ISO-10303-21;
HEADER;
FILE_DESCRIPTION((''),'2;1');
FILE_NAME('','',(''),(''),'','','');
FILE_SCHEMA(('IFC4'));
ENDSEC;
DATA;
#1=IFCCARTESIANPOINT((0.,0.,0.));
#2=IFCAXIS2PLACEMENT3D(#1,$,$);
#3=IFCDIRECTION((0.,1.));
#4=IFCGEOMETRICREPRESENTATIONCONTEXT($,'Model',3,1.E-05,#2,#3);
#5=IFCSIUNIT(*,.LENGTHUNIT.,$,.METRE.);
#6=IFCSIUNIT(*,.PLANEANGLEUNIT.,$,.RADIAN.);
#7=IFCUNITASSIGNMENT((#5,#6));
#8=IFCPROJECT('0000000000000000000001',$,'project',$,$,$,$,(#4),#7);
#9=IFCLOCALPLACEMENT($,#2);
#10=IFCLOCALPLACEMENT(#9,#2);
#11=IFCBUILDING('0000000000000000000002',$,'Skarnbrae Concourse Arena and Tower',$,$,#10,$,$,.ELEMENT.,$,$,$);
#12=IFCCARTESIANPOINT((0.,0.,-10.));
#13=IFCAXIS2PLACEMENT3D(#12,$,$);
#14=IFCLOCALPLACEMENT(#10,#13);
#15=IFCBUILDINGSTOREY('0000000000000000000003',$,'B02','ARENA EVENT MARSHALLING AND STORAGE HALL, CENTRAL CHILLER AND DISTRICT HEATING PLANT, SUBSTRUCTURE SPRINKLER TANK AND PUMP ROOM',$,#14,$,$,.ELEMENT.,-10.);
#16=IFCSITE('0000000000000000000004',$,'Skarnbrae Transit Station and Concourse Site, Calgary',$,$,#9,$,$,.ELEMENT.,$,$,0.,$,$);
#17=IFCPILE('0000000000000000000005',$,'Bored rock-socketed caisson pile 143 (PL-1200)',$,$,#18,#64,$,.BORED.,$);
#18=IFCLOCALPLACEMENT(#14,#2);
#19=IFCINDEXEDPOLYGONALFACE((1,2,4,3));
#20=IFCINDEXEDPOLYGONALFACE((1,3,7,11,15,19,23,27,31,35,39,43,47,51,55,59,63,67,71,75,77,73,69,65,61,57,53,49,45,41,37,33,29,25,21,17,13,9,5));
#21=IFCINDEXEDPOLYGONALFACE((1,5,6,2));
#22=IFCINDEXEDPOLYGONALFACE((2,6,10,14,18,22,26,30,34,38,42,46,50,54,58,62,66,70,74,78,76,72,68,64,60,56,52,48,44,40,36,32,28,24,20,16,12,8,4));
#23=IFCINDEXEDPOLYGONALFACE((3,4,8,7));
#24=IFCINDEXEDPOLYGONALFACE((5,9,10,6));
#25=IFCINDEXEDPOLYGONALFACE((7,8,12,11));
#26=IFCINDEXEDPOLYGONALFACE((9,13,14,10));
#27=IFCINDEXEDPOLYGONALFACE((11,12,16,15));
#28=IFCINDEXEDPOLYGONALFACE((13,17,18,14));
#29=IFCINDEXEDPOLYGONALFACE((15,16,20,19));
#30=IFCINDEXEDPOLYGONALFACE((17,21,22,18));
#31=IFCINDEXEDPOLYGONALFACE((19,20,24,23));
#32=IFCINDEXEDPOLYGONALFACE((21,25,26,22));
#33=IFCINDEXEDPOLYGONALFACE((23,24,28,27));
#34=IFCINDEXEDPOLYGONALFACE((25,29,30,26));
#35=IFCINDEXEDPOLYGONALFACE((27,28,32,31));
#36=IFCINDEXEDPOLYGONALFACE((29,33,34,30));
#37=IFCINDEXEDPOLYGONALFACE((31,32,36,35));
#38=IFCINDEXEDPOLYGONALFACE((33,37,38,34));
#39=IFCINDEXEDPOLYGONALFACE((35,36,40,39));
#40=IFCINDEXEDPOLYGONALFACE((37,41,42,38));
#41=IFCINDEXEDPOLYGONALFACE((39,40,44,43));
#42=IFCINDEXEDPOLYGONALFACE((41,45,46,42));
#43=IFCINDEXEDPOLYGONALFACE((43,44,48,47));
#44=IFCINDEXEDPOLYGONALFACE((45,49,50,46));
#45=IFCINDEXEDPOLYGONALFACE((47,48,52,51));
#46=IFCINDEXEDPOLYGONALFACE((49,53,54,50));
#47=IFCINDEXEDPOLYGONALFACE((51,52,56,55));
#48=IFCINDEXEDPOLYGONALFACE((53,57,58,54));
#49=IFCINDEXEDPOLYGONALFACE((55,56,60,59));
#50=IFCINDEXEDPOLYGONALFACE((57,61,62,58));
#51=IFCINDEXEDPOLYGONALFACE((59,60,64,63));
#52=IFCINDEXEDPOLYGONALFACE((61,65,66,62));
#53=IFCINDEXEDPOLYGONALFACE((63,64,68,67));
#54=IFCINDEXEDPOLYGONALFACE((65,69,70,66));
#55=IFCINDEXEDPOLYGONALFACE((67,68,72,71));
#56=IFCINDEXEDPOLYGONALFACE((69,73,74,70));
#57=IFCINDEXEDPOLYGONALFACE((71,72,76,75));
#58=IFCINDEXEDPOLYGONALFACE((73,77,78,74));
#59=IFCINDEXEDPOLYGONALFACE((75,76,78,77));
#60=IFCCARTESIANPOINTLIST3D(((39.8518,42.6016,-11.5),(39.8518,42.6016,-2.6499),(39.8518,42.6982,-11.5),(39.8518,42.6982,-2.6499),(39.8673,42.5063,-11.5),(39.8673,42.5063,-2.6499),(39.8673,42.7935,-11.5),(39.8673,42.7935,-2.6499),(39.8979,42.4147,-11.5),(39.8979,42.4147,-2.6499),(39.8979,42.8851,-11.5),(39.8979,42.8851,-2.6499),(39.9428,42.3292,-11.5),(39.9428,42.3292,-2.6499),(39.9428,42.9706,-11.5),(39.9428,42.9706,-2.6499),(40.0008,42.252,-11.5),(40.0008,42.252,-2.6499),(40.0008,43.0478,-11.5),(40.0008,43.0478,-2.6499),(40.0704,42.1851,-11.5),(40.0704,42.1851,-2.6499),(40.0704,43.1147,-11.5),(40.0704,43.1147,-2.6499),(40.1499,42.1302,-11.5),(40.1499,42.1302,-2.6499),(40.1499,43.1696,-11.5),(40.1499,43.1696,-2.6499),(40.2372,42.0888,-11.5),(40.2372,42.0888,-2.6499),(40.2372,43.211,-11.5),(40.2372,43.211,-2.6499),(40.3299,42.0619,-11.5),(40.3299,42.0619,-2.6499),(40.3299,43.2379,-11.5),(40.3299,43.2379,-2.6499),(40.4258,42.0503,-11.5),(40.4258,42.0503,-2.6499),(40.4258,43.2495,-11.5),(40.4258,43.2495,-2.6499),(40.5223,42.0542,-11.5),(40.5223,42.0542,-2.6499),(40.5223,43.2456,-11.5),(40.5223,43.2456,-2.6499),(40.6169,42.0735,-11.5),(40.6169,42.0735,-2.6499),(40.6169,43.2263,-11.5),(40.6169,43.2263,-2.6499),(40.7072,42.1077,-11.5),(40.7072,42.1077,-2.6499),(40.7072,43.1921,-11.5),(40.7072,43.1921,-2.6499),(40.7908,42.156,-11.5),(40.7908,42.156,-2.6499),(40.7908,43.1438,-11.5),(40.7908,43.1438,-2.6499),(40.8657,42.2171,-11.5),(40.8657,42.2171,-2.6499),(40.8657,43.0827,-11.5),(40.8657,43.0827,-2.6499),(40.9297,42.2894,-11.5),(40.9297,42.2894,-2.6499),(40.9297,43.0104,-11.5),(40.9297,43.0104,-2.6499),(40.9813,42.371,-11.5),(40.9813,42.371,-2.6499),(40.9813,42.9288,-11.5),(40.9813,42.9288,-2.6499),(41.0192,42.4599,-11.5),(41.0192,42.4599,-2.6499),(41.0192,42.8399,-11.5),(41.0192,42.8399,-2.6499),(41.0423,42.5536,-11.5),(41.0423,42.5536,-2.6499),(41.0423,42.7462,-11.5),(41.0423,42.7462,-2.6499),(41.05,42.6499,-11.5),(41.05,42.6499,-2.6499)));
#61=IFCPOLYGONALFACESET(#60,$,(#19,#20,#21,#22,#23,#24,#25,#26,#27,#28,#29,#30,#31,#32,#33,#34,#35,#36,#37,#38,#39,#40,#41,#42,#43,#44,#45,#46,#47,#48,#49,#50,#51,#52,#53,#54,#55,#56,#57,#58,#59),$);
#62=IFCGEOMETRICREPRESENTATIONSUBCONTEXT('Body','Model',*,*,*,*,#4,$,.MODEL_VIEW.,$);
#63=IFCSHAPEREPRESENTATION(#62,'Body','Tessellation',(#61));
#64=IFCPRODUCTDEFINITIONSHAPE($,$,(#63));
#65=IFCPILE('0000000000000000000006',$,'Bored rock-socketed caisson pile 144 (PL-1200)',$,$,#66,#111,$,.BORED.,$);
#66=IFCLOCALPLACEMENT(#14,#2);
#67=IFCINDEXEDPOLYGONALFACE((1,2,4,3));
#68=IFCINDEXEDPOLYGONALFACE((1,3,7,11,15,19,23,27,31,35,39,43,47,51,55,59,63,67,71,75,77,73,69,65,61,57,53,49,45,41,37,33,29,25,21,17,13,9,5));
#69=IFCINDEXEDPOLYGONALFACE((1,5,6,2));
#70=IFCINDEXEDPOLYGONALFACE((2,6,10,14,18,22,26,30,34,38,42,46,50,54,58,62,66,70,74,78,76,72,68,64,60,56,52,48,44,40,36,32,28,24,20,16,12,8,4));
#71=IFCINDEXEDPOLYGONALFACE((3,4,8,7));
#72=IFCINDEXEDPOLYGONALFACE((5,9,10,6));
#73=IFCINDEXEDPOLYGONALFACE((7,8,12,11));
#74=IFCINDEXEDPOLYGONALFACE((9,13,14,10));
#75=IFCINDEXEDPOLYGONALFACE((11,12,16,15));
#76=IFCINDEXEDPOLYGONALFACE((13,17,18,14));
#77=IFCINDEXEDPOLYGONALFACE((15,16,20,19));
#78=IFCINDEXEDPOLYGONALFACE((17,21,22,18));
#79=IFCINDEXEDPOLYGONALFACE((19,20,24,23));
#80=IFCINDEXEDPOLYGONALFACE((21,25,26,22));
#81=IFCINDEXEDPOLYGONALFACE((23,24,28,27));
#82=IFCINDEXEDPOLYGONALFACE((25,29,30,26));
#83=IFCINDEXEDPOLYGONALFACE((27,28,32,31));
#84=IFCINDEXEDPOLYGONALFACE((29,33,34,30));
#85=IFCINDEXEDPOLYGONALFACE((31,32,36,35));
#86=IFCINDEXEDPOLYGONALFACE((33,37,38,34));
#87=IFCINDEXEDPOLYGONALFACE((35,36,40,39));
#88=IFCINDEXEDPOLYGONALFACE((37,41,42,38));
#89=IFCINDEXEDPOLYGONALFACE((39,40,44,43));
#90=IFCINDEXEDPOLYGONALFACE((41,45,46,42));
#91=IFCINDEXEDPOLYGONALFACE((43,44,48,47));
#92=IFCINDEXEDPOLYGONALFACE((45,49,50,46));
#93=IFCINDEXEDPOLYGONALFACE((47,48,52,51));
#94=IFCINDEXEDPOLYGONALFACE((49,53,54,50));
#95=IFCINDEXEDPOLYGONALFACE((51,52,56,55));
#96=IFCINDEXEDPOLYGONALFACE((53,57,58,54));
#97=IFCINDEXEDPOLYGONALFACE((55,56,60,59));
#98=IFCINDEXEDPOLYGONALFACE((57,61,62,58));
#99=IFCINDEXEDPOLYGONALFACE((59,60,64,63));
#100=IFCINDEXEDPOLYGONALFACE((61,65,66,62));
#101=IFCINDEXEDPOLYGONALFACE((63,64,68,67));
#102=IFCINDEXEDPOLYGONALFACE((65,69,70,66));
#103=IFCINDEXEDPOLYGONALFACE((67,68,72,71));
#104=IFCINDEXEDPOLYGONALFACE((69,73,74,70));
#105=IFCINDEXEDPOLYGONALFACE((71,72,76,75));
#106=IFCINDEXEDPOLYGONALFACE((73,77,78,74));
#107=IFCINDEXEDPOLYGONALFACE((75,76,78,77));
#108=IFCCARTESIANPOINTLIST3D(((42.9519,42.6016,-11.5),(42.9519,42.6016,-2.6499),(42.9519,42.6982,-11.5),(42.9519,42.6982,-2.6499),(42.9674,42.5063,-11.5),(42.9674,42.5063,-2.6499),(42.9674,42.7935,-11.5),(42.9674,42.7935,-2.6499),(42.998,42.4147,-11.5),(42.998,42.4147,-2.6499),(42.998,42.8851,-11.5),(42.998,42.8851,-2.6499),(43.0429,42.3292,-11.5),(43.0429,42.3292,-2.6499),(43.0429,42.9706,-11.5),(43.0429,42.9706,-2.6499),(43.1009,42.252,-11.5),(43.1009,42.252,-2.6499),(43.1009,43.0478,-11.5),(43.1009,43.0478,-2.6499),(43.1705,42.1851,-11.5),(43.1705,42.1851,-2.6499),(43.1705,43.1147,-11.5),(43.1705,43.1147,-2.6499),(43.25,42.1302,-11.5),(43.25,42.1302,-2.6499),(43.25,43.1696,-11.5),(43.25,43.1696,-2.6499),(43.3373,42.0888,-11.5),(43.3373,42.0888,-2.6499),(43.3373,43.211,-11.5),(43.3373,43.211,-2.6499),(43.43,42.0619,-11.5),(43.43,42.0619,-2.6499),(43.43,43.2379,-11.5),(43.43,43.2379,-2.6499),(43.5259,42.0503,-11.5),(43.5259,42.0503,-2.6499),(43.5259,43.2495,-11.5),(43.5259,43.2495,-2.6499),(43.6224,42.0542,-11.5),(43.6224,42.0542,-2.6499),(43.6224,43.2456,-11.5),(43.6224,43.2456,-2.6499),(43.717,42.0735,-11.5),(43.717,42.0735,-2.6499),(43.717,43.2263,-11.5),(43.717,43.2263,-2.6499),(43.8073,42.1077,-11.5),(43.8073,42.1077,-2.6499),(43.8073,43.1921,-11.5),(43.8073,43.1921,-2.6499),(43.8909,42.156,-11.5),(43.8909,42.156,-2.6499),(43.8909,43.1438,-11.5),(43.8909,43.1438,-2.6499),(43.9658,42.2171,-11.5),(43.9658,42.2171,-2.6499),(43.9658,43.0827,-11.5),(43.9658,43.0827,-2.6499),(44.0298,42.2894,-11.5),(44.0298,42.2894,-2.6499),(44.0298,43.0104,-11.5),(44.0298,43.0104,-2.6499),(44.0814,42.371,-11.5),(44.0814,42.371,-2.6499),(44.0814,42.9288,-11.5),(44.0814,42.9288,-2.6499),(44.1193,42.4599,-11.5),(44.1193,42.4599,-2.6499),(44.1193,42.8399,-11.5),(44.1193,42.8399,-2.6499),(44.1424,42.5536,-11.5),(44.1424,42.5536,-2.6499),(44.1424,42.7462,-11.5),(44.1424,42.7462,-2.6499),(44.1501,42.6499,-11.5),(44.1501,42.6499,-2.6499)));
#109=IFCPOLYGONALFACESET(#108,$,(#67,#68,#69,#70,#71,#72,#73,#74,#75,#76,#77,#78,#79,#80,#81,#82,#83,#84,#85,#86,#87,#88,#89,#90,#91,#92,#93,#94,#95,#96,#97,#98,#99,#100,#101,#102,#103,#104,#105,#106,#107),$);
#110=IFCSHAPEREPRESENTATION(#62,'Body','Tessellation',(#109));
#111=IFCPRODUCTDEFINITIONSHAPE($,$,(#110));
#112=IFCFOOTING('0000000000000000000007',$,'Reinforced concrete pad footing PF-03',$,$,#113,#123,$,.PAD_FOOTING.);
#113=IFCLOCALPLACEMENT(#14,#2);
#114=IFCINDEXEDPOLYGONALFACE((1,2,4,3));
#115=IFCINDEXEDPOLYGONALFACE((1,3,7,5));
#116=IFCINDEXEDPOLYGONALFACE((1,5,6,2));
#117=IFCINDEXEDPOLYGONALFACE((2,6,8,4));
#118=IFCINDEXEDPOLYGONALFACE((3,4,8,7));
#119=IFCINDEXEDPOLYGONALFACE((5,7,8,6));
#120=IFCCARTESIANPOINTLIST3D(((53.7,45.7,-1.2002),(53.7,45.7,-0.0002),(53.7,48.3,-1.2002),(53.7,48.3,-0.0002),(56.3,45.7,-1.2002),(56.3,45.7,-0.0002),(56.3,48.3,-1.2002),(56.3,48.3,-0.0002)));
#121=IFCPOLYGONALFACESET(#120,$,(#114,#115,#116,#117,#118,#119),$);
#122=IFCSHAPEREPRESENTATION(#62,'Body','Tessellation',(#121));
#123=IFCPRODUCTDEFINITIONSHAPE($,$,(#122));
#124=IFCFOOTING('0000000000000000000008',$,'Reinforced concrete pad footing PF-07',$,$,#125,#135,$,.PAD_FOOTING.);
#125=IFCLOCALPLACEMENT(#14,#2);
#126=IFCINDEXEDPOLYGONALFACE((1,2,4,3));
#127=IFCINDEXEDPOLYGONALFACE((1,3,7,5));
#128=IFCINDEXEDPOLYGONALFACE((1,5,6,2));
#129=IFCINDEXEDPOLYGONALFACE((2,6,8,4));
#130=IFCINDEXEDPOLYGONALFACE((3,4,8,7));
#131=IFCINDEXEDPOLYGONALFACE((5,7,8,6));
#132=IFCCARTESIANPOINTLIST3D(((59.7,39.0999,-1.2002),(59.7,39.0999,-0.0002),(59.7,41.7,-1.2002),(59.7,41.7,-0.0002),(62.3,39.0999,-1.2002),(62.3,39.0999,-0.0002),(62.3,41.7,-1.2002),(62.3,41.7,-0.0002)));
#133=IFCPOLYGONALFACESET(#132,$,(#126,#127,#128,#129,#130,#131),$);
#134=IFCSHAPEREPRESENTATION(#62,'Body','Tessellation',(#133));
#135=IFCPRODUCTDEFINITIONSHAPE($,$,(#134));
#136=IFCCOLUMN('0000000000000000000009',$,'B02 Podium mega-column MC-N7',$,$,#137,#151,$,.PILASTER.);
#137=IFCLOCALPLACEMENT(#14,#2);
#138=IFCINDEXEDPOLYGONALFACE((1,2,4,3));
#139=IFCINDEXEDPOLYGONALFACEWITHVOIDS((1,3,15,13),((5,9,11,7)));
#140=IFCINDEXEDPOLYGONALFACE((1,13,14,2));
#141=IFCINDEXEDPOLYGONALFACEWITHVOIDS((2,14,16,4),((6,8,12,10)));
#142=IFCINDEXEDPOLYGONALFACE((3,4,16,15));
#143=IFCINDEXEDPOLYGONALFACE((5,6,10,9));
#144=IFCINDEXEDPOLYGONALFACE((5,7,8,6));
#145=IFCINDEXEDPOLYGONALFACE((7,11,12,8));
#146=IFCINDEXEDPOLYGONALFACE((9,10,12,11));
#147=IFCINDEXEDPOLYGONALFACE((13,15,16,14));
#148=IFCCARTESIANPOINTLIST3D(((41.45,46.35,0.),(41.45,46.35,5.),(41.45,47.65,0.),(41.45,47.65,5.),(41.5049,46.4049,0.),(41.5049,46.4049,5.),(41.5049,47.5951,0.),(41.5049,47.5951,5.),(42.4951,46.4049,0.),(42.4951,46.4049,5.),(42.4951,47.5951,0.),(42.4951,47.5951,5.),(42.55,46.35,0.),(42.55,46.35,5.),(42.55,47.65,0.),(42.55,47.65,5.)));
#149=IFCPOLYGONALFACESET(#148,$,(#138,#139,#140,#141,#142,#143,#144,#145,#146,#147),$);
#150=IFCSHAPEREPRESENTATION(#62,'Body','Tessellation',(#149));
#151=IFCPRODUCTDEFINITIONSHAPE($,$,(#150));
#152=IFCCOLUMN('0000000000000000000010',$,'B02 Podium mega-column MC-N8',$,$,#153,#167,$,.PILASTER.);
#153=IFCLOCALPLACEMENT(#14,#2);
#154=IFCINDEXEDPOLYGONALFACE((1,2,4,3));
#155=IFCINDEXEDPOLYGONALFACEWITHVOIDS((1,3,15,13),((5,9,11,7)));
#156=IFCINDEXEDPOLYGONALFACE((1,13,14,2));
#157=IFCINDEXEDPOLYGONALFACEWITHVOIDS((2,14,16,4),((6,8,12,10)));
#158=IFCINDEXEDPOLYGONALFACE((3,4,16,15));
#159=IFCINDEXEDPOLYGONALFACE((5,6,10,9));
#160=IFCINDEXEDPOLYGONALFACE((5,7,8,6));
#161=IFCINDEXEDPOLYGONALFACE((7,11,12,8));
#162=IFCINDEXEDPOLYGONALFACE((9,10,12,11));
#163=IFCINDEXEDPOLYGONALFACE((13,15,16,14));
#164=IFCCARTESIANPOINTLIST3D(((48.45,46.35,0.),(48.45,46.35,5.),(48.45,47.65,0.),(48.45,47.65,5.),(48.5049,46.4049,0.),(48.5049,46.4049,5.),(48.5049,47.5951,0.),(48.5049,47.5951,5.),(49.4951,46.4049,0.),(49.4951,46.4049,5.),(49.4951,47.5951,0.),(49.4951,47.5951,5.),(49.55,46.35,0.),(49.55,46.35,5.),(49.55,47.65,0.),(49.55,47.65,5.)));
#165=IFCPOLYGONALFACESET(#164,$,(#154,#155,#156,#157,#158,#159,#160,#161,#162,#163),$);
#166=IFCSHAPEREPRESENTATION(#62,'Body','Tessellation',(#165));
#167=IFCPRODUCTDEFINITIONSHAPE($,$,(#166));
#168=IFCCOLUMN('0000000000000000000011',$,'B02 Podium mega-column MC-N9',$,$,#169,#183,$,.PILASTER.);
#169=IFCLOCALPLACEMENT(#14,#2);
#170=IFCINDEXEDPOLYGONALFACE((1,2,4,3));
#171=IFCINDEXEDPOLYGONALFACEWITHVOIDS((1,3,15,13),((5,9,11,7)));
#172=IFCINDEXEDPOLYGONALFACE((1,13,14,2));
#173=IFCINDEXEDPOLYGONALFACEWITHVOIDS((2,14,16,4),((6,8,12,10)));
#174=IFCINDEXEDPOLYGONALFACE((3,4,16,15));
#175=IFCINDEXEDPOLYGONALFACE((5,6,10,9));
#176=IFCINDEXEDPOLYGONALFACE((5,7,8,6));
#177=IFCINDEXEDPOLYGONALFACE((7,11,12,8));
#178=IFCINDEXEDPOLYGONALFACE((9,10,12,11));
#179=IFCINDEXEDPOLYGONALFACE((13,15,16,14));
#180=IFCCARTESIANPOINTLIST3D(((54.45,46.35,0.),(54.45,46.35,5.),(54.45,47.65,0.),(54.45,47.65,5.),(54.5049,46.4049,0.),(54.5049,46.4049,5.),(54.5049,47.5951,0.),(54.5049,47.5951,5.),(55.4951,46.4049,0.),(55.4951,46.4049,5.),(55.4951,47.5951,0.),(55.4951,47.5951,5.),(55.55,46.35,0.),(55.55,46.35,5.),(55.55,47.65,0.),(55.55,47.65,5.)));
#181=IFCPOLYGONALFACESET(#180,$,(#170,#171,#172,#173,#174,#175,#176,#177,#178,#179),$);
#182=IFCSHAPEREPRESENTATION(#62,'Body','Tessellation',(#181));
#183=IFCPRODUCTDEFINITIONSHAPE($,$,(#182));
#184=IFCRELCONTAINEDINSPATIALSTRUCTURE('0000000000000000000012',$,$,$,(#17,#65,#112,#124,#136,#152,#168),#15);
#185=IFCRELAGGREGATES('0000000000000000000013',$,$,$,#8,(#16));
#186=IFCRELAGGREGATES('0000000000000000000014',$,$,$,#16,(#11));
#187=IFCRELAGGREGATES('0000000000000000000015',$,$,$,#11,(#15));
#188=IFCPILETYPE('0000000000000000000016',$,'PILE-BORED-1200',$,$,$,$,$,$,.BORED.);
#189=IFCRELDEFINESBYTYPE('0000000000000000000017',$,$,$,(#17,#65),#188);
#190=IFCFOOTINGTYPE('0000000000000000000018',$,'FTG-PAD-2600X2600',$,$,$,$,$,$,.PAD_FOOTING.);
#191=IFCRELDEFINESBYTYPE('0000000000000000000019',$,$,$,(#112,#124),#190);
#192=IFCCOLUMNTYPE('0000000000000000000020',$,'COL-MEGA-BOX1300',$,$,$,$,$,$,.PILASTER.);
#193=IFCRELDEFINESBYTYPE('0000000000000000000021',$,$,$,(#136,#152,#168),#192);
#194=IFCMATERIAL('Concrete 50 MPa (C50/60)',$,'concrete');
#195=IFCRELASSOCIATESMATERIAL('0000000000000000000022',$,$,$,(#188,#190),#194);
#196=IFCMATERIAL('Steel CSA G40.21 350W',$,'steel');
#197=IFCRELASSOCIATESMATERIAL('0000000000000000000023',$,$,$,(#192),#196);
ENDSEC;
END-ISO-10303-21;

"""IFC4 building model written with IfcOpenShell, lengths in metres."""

from ifc_helpers import new_model, si_unit, direction, frame, origin, origin_2d, place, context, subcontext, project, spatial, rectangle, hollow_rectangle, circle, extrude, source, transform, mapped, material, material_profile, profile_set, type_object, element, save


model = new_model("IFC4")

# Units and contexts
model_context = context("Model", 3, precision=1e-05, world=origin(), true_north=direction((0.0, 1.0)))
body_context = subcontext(model_context, "Body", "Model", "MODEL_VIEW")
ifc_project = project(units=[si_unit("LENGTHUNIT", "METRE"), si_unit("PLANEANGLEUNIT", "RADIAN")], contexts=[model_context])

# Site, building, storey
site_placement = place(None, origin())
site = spatial("IfcSite", under=ifc_project, at=site_placement, Name="Skarnbrae Transit Station and Concourse Site, Calgary", CompositionType="ELEMENT", RefElevation=0.0)
building_placement = place(site_placement, origin())
building = spatial("IfcBuilding", under=site, at=building_placement, Name="Skarnbrae Concourse Arena and Tower", CompositionType="ELEMENT")
storey_placement = place(building_placement, frame((0.0, 0.0, -10.0)))
storey = spatial("IfcBuildingStorey", under=building, at=storey_placement, Name="B02", Description="ARENA EVENT MARSHALLING AND STORAGE HALL, CENTRAL CHILLER AND DISTRICT HEATING PLANT, SUBSTRUCTURE SPRINKLER TANK AND PUMP ROOM", CompositionType="ELEMENT", Elevation=-10.0)

# Shared definitions
ifc_material_1 = material(Name="Concrete 50 MPa (C50/60)", Category="concrete")

# Piles
ifc_material_profile_1 = material_profile(ifc_material_1, circle(Radius=0.6001, at=origin_2d()), Name="CAISSON-1200")
ifc_profile_set_1 = profile_set([ifc_material_profile_1], Name="Concrete 50 MPa (C50/60)")
pile_type_1 = type_object("IfcPileType", Name="PILE-BORED-1200", PredefinedType="BORED", material=ifc_profile_set_1)
shared_shape_1 = source(origin(), body_context, "Body", "SweptSolid", [
    extrude(circle(Radius=0.6001, at=origin_2d()), origin(), (0.0, 0.0, 1.0), 8.8501),
])
for number, where, z_axis, x_axis, name in (
    (1, (40.45, 42.6499, -2.6499), (0.0, 0.0, -1.0), (1.0, 0.0, 0.0), "Bored rock-socketed caisson pile 143 (PL-1200)"),
    (2, (43.55, 42.6499, -2.6499), (0.0, 0.0, -1.0), (1.0, 0.0, 0.0), "Bored rock-socketed caisson pile 144 (PL-1200)"),
):
    element("IfcPile", number, at=place(storey_placement, frame(where, z_axis=z_axis, x_axis=x_axis)), inside=storey, type_object=pile_type_1, Name=name, PredefinedType="BORED", context=body_context, shape_type="MappedRepresentation", body=[
        mapped(shared_shape_1, transform((0.0, 0.0, 0.0))),
    ])

# Footings
footing_type_1 = type_object("IfcFootingType", Name="FTG-PAD-2600X2600", PredefinedType="PAD_FOOTING", material=ifc_material_1)
shared_shape_2 = source(origin(), body_context, "Body", "SweptSolid", [
    extrude(rectangle(XDim=2.6001, YDim=2.6001, at=origin_2d()), origin(), (0.0, 0.0, 1.0), 1.2),
])
for number, where, z_axis, x_axis, name in (
    (3, (55.0, 47.0, -1.2002), (0.0, 0.0, 1.0), (1.0, 0.0, 0.0), "Reinforced concrete pad footing PF-03"),
    (4, (61.0, 40.3999, -1.2002), (0.0, 0.0, 1.0), (1.0, 0.0, 0.0), "Reinforced concrete pad footing PF-07"),
):
    element("IfcFooting", number, at=place(storey_placement, frame(where, z_axis=z_axis, x_axis=x_axis)), inside=storey, type_object=footing_type_1, Name=name, PredefinedType="PAD_FOOTING", context=body_context, shape_type="MappedRepresentation", body=[
        mapped(shared_shape_2, transform((0.0, 0.0, 0.0))),
    ])

# Columns
ifc_material_2 = material(Name="Steel CSA G40.21 350W", Category="steel")
ifc_material_profile_2 = material_profile(ifc_material_2, hollow_rectangle(XDim=1.1001, YDim=1.3, WallThickness=0.0549, at=origin_2d()), Name="BOX1300X1100X55")
ifc_profile_set_2 = profile_set([ifc_material_profile_2], Name="Steel CSA G40.21 350W")
column_type_1 = type_object("IfcColumnType", Name="COL-MEGA-BOX1300", PredefinedType="PILASTER", material=ifc_profile_set_2)
shared_shape_3 = source(origin(), body_context, "Body", "SweptSolid", [
    extrude(hollow_rectangle(XDim=1.1001, YDim=1.3, WallThickness=0.0549, at=origin_2d()), origin(), (0.0, 0.0, 1.0), 5.0),
])
for number, where, z_axis, x_axis, name in (
    (5, (42.0, 47.0, 0.0), (0.0, 0.0, 1.0), (1.0, 0.0, 0.0), "B02 Podium mega-column MC-N7"),
    (6, (49.0, 47.0, 0.0), (0.0, 0.0, 1.0), (1.0, 0.0, 0.0), "B02 Podium mega-column MC-N8"),
    (7, (55.0, 47.0, 0.0), (0.0, 0.0, 1.0), (1.0, 0.0, 0.0), "B02 Podium mega-column MC-N9"),
):
    element("IfcColumn", number, at=place(storey_placement, frame(where, z_axis=z_axis, x_axis=x_axis)), inside=storey, type_object=column_type_1, Name=name, PredefinedType="PILASTER", context=body_context, shape_type="MappedRepresentation", body=[
        mapped(shared_shape_3, transform((0.0, 0.0, 0.0))),
    ])

save(model, "model.ifc")
